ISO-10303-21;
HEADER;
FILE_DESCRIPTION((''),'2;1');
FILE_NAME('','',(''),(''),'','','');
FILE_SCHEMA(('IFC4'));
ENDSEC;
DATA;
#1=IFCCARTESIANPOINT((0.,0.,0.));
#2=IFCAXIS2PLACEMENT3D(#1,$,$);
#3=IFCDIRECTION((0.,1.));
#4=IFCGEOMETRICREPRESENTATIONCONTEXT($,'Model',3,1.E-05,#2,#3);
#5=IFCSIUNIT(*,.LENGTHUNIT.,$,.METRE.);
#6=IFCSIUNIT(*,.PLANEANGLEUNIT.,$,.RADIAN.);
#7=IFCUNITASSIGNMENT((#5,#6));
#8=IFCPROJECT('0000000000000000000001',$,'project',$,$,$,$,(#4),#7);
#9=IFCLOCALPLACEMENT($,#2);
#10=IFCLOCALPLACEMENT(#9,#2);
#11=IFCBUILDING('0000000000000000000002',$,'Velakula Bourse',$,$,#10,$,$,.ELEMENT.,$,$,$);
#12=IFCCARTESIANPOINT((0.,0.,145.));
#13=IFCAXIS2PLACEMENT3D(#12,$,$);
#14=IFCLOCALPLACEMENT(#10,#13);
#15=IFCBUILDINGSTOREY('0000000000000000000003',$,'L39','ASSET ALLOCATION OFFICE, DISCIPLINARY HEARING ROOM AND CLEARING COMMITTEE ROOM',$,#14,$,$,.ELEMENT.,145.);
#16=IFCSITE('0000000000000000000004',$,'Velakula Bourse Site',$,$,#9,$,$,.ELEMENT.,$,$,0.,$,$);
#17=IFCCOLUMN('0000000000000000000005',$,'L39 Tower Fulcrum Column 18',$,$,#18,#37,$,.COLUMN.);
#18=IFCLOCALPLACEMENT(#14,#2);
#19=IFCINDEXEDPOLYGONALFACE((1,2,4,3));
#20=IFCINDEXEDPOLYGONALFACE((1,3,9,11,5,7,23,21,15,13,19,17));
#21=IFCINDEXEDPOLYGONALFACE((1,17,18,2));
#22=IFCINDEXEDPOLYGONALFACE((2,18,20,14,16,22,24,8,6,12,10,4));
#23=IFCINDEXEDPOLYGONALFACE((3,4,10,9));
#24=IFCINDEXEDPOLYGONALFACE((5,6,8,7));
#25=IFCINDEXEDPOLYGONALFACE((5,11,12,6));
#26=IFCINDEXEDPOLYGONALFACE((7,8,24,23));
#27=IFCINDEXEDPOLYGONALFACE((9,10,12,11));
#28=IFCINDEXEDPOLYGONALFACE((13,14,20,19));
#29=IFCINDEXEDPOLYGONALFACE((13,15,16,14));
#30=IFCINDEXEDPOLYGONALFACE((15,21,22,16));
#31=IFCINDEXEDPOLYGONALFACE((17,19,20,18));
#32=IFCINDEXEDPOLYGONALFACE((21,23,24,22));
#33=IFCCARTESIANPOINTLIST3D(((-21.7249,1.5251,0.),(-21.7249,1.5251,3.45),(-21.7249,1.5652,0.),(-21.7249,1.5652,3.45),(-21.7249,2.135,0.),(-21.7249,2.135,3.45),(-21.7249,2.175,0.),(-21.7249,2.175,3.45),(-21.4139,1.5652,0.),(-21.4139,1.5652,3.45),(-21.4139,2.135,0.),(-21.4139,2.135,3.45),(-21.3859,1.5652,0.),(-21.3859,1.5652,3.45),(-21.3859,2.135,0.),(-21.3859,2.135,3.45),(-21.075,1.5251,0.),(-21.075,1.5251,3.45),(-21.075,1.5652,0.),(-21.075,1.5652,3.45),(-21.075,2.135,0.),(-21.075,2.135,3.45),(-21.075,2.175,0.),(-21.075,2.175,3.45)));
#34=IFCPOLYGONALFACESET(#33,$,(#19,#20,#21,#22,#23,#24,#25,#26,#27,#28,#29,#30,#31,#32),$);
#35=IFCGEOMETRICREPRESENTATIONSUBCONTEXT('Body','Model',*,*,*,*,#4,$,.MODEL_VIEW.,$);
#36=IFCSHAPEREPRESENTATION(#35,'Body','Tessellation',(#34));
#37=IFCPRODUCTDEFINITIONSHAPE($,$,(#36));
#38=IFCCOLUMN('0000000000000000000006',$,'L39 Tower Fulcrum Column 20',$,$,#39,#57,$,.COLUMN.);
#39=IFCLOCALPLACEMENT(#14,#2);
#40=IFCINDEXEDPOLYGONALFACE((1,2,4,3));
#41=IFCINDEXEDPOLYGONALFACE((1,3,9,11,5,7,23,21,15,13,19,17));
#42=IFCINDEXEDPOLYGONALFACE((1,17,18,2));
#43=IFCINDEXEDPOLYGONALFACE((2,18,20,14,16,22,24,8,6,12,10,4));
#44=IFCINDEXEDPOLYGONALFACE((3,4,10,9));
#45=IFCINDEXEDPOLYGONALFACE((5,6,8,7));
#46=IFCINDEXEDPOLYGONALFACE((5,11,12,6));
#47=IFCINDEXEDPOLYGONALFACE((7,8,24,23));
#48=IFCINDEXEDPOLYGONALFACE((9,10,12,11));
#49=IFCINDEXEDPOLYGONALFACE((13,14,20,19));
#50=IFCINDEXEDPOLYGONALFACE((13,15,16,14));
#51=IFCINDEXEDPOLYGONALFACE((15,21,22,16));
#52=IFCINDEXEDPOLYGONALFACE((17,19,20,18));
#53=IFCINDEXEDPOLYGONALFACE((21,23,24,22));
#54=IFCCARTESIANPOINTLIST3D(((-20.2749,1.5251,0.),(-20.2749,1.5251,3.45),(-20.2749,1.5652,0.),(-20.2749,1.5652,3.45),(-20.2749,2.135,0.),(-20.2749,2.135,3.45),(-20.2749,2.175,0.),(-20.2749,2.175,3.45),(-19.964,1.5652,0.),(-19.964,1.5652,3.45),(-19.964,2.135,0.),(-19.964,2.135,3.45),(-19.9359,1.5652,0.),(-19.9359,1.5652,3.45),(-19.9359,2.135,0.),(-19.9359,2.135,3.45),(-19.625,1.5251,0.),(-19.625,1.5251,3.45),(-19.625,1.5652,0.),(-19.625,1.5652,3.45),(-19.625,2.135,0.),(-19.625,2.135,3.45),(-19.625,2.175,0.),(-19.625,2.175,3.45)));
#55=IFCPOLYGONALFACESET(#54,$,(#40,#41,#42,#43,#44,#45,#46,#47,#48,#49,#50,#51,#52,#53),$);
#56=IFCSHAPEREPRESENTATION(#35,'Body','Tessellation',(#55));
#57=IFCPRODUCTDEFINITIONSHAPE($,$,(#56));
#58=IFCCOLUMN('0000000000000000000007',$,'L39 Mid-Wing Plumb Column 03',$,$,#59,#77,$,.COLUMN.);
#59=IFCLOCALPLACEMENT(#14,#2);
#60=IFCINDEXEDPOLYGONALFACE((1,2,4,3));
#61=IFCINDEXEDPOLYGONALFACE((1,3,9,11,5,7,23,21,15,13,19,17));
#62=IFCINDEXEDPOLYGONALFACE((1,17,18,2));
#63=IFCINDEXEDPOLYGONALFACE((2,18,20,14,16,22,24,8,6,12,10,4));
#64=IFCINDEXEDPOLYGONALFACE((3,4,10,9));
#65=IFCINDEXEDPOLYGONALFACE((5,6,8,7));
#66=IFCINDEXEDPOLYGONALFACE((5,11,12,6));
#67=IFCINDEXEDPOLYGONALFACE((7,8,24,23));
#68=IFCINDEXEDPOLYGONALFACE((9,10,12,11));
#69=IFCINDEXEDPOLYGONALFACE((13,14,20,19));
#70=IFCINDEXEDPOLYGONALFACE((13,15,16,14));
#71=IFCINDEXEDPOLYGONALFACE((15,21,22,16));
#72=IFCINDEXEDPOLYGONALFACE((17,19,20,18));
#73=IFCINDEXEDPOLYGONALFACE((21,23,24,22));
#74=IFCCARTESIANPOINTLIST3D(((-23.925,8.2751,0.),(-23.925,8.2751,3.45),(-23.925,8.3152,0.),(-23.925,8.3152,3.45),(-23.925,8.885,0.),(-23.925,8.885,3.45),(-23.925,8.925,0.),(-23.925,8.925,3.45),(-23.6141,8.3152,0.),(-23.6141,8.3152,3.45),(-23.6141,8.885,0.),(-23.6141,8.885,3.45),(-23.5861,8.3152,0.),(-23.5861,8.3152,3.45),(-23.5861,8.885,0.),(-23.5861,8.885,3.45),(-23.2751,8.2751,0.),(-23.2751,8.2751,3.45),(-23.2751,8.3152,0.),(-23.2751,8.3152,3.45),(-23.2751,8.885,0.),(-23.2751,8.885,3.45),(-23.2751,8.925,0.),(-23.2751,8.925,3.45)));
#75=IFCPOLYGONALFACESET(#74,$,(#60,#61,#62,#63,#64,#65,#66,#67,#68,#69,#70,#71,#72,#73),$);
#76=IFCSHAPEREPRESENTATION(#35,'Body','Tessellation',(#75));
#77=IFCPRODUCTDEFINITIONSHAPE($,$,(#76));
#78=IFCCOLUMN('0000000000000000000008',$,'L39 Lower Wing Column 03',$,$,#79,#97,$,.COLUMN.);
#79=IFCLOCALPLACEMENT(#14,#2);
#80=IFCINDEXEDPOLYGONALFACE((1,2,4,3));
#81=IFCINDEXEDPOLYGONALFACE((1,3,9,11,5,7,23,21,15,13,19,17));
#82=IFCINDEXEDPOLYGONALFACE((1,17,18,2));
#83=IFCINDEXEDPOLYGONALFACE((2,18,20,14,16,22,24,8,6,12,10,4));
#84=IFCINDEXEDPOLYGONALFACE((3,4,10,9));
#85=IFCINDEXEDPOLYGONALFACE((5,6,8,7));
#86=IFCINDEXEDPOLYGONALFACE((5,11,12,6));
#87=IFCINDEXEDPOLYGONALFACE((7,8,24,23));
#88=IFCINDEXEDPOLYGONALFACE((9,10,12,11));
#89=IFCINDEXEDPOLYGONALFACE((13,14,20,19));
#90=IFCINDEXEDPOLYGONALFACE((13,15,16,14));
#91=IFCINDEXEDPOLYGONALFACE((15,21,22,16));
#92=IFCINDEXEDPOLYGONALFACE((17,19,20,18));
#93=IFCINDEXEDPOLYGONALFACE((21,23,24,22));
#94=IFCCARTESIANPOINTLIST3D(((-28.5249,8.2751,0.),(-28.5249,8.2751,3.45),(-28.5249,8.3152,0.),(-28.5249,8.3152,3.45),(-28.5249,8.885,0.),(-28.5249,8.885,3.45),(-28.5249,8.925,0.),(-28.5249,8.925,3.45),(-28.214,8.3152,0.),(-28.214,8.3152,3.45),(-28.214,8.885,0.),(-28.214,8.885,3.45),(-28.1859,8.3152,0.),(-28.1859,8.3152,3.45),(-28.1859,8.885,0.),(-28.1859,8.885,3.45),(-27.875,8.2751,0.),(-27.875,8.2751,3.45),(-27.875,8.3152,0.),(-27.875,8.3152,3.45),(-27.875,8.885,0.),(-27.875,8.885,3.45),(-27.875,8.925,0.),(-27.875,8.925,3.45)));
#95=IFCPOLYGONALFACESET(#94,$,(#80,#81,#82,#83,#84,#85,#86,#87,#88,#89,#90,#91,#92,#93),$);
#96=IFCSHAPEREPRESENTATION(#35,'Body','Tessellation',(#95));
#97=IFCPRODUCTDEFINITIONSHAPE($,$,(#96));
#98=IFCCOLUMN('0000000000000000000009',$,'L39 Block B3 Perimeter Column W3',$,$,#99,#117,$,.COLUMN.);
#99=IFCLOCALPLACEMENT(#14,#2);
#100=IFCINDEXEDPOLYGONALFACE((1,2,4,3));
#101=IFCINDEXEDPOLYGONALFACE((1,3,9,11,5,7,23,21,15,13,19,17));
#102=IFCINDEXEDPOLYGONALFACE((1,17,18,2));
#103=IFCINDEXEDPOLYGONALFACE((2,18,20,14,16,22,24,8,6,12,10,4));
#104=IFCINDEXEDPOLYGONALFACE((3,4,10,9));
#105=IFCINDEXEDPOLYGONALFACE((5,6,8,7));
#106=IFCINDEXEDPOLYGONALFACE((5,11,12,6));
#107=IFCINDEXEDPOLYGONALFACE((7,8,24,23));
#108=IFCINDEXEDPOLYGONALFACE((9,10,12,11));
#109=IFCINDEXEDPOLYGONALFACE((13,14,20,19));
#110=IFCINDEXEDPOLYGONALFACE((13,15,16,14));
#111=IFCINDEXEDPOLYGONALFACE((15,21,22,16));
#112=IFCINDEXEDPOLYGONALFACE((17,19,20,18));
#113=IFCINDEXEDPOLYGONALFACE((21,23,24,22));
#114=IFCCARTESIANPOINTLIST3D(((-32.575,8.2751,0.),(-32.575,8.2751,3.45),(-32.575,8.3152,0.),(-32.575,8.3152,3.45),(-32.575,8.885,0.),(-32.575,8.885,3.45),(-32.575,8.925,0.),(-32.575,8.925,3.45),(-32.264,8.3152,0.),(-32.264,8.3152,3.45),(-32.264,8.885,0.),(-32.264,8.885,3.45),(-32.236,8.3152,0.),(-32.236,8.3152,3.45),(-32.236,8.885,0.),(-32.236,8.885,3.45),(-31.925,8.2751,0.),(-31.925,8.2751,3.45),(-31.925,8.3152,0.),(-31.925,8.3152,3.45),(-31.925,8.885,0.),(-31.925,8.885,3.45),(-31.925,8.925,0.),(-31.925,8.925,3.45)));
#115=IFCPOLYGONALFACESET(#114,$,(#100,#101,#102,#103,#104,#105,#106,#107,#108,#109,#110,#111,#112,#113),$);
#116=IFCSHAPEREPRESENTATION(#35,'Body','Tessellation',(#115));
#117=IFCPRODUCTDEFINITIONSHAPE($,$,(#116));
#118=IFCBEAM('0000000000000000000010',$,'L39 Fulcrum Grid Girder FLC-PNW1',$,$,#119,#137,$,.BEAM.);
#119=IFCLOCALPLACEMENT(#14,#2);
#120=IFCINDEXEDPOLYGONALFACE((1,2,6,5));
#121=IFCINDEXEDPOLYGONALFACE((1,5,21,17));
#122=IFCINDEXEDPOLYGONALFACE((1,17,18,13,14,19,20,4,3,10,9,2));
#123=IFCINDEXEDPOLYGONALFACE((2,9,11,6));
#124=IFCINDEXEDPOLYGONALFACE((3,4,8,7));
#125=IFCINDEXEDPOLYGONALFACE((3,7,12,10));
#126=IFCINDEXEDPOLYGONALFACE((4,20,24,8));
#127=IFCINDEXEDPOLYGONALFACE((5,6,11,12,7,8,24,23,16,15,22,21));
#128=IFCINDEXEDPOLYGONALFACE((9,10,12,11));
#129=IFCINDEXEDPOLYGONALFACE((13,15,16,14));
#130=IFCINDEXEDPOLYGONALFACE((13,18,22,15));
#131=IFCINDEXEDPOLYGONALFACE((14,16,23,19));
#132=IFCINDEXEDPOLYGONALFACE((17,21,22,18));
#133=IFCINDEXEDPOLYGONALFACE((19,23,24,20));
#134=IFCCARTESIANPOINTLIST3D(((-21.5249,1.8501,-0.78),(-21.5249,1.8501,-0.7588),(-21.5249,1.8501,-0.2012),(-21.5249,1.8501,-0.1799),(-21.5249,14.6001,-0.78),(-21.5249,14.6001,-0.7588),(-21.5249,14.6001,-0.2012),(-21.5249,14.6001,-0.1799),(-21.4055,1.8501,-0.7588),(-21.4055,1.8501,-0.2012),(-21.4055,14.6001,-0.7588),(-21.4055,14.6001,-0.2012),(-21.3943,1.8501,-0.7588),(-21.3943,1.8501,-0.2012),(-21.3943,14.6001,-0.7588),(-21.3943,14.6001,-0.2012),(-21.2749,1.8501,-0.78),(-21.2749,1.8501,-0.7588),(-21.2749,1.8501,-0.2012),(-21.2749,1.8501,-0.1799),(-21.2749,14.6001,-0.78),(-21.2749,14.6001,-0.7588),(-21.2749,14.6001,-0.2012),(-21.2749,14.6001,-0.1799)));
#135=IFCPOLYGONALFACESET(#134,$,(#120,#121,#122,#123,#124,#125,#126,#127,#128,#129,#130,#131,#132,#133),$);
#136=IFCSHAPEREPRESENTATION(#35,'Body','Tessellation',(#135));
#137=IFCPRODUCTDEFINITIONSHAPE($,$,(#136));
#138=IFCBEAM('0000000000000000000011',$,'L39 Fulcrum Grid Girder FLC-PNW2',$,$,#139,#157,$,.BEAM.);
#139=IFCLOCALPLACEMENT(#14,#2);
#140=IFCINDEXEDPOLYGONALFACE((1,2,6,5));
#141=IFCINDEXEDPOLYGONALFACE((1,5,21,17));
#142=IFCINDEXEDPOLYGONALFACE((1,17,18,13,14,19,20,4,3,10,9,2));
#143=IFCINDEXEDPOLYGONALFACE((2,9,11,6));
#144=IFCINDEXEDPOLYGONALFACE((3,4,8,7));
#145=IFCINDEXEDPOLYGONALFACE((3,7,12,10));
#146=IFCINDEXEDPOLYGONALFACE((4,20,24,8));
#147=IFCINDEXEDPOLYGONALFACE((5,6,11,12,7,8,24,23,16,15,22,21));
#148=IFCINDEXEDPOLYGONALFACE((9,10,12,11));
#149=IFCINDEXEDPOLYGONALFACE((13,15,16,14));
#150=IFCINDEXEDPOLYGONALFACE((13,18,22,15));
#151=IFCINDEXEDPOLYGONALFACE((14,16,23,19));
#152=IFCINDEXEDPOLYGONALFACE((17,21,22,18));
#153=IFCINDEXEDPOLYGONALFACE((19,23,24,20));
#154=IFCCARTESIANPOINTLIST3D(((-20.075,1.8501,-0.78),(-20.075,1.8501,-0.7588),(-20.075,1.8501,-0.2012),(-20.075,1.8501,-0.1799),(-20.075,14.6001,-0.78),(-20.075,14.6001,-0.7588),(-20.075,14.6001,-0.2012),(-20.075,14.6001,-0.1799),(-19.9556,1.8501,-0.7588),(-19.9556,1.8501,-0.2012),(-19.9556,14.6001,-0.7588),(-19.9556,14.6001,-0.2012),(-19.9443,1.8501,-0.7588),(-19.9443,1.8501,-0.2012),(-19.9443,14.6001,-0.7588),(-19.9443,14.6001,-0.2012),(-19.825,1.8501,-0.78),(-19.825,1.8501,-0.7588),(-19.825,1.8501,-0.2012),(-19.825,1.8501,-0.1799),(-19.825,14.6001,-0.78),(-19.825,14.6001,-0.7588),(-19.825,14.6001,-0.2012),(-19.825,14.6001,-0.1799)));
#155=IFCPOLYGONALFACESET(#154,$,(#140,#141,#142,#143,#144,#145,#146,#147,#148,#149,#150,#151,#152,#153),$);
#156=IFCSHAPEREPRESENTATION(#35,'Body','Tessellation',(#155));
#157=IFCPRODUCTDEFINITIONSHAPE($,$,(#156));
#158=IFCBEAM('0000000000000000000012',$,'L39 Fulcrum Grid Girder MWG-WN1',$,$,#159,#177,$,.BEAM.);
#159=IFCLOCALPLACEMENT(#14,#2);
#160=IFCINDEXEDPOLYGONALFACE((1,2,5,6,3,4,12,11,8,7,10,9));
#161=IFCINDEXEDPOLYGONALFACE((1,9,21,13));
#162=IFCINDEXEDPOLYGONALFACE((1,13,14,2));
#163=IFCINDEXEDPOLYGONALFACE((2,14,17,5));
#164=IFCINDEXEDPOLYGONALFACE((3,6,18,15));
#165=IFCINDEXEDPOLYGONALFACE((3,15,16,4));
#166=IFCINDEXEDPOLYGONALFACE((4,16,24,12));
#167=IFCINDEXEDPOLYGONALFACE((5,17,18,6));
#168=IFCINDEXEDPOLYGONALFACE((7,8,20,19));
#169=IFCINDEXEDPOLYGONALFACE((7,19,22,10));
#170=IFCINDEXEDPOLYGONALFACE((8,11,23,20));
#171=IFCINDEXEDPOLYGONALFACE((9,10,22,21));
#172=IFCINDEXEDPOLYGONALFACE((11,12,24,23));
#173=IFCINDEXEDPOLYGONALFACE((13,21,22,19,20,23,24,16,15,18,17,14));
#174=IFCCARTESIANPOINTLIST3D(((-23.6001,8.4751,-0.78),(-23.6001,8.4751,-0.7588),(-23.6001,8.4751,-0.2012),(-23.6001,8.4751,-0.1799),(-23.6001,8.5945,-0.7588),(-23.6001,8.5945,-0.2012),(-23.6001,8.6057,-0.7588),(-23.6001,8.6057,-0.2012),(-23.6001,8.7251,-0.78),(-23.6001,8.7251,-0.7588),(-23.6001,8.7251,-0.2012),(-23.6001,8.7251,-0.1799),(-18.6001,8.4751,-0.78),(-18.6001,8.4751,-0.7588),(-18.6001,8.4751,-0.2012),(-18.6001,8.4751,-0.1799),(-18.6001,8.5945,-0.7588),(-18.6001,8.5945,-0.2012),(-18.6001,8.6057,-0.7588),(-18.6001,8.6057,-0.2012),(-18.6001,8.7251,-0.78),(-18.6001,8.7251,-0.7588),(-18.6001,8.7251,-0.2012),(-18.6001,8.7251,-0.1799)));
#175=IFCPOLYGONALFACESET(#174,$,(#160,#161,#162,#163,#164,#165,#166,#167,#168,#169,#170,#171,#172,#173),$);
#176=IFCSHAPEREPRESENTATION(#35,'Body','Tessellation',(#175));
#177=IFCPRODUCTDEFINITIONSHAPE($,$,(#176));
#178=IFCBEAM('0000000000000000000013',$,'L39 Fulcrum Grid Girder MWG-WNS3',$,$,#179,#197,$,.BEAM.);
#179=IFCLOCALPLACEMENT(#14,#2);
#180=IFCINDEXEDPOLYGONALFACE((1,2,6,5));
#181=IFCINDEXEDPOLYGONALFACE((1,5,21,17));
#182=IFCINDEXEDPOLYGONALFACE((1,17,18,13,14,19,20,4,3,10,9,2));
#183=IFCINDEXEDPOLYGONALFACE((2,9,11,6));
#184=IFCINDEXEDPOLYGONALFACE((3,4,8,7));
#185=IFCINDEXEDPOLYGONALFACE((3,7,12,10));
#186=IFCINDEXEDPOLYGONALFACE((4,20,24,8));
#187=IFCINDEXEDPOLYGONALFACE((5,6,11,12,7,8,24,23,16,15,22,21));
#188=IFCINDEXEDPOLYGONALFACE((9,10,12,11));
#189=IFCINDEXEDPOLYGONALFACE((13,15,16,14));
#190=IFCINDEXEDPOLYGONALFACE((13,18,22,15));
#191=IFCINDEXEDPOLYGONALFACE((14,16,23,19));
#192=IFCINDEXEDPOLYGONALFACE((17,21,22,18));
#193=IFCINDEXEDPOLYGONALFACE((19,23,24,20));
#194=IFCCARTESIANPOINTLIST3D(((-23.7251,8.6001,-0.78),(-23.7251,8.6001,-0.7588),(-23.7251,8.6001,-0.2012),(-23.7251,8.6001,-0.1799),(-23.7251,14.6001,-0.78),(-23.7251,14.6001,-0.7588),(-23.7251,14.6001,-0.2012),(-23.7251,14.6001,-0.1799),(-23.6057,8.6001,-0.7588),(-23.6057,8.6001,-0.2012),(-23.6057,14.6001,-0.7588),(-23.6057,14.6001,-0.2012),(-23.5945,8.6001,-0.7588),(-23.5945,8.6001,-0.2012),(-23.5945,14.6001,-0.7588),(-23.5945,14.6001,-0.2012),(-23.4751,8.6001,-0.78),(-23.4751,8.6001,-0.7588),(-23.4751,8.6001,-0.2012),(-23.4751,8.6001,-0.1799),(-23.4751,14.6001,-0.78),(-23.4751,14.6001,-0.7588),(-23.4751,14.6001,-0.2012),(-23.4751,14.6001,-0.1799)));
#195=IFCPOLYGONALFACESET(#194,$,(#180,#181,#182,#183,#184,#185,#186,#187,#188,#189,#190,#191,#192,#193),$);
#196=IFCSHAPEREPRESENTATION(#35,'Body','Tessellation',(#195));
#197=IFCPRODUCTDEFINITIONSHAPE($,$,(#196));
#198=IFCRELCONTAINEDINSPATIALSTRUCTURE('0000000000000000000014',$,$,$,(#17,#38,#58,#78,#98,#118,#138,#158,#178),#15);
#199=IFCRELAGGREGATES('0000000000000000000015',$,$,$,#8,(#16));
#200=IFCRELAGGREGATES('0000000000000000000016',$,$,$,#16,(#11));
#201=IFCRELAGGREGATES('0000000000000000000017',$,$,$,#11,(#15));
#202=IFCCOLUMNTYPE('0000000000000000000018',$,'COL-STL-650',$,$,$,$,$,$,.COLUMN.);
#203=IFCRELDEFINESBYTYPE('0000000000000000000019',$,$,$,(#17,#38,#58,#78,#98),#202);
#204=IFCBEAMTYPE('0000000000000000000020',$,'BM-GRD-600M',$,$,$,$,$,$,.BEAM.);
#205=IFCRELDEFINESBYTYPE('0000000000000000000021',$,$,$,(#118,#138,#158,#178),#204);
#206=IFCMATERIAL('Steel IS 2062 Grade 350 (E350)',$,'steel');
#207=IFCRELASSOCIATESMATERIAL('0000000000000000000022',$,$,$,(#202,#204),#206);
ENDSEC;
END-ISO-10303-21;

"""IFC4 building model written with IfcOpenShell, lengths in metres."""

from ifc_helpers import new_model, si_unit, direction, frame, origin, origin_2d, place, context, subcontext, project, spatial, i_section, extrude, material, material_profile, profile_set, type_object, element, save


model = new_model("IFC4")

# Units and contexts
model_context = context("Model", 3, precision=1e-05, world=origin(), true_north=direction((0.0, 1.0)))
body_context = subcontext(model_context, "Body", "Model", "MODEL_VIEW")
ifc_project = project(units=[si_unit("LENGTHUNIT", "METRE"), si_unit("PLANEANGLEUNIT", "RADIAN")], contexts=[model_context])

# Site, building, storey
site_placement = place(None, origin())
site = spatial("IfcSite", under=ifc_project, at=site_placement, Name="Velakula Bourse Site", CompositionType="ELEMENT", RefElevation=0.0)
building_placement = place(site_placement, origin())
building = spatial("IfcBuilding", under=site, at=building_placement, Name="Velakula Bourse", CompositionType="ELEMENT")
storey_placement = place(building_placement, frame((0.0, 0.0, 145.0)))
storey = spatial("IfcBuildingStorey", under=building, at=storey_placement, Name="L39", Description="ASSET ALLOCATION OFFICE, DISCIPLINARY HEARING ROOM AND CLEARING COMMITTEE ROOM", CompositionType="ELEMENT", Elevation=145.0)

# Columns
ifc_material_1 = material(Name="Steel IS 2062 Grade 350 (E350)", Category="steel")
ifc_material_profile_1 = material_profile(ifc_material_1, i_section(OverallWidth=0.6499, OverallDepth=0.6499, WebThickness=0.0281, FlangeThickness=0.04, at=origin_2d()), Name="Steel IS 2062 Grade 350 (E350)")
ifc_profile_set_1 = profile_set([ifc_material_profile_1], Name="Steel IS 2062 Grade 350 (E350)")
column_type = type_object("IfcColumnType", Name="COL-STL-650", PredefinedType="COLUMN", material=ifc_profile_set_1)
for number, where, z_axis, x_axis, name in (
    (1, (-21.3999, 1.8501, 0.0), (0.0, 0.0, 1.0), (1.0, 0.0, 0.0), "L39 Tower Fulcrum Column 18"),
    (2, (-19.95, 1.8501, 0.0), (0.0, 0.0, 1.0), (1.0, 0.0, 0.0), "L39 Tower Fulcrum Column 20"),
    (3, (-23.6001, 8.6001, 0.0), (0.0, 0.0, 1.0), (1.0, 0.0, 0.0), "L39 Mid-Wing Plumb Column 03"),
    (4, (-28.2, 8.6001, 0.0), (0.0, 0.0, 1.0), (1.0, 0.0, 0.0), "L39 Lower Wing Column 03"),
    (5, (-32.25, 8.6001, 0.0), (0.0, 0.0, 1.0), (1.0, 0.0, 0.0), "L39 Block B3 Perimeter Column W3"),
):
    element("IfcColumn", number, at=place(storey_placement, frame(where, z_axis=z_axis, x_axis=x_axis)), inside=storey, type_object=column_type, Name=name, PredefinedType="COLUMN", context=body_context, shape_type="SweptSolid", body=[
        extrude(i_section(OverallWidth=0.6499, OverallDepth=0.6499, WebThickness=0.0281, FlangeThickness=0.04, at=origin_2d()), origin(), (0.0, 0.0, 1.0), 3.45),
    ])

# Beams
ifc_material_profile_2 = material_profile(ifc_material_1, i_section(OverallWidth=0.25, OverallDepth=0.6001, WebThickness=0.0112, FlangeThickness=0.0212, at=origin_2d()), Name="Steel IS 2062 Grade 350 (E350)")
ifc_profile_set_2 = profile_set([ifc_material_profile_2], Name="Steel IS 2062 Grade 350 (E350)")
beam_type_1 = type_object("IfcBeamType", Name="BM-GRD-600M", PredefinedType="BEAM", material=ifc_profile_set_2)
for number, where, z_axis, x_axis, name in (
    (6, (-21.3999, 1.8501, -0.48), (0.0, 1.0, 0.0), (-1.0, 0.0, 0.0), "L39 Fulcrum Grid Girder FLC-PNW1"),
    (7, (-19.95, 1.8501, -0.48), (0.0, 1.0, 0.0), (-1.0, 0.0, 0.0), "L39 Fulcrum Grid Girder FLC-PNW2"),
):
    element("IfcBeam", number, at=place(storey_placement, frame(where, z_axis=z_axis, x_axis=x_axis)), inside=storey, type_object=beam_type_1, Name=name, PredefinedType="BEAM", context=body_context, shape_type="SweptSolid", body=[
        extrude(i_section(OverallWidth=0.25, OverallDepth=0.6001, WebThickness=0.0112, FlangeThickness=0.0212, at=origin_2d()), origin(), (0.0, 0.0, 1.0), 12.75),
    ])
beam_1_placement = place(storey_placement, frame((-23.6001, 8.6001, -0.48), z_axis=(1.0, 0.0, 0.0), x_axis=(0.0, 1.0, 0.0)))
element("IfcBeam", 8, at=beam_1_placement, inside=storey, type_object=beam_type_1, Name="L39 Fulcrum Grid Girder MWG-WN1", PredefinedType="BEAM", context=body_context, shape_type="SweptSolid", body=[
    extrude(i_section(OverallWidth=0.25, OverallDepth=0.6001, WebThickness=0.0112, FlangeThickness=0.0212, at=origin_2d()), origin(), (0.0, 0.0, 1.0), 5.0),
])
beam_2_placement = place(storey_placement, frame((-23.6001, 8.6001, -0.48), z_axis=(0.0, 1.0, 0.0), x_axis=(-1.0, 0.0, 0.0)))
element("IfcBeam", 9, at=beam_2_placement, inside=storey, type_object=beam_type_1, Name="L39 Fulcrum Grid Girder MWG-WNS3", PredefinedType="BEAM", context=body_context, shape_type="SweptSolid", body=[
    extrude(i_section(OverallWidth=0.25, OverallDepth=0.6001, WebThickness=0.0112, FlangeThickness=0.0212, at=origin_2d()), origin(), (0.0, 0.0, 1.0), 6.0),
])

save(model, "model.ifc")
